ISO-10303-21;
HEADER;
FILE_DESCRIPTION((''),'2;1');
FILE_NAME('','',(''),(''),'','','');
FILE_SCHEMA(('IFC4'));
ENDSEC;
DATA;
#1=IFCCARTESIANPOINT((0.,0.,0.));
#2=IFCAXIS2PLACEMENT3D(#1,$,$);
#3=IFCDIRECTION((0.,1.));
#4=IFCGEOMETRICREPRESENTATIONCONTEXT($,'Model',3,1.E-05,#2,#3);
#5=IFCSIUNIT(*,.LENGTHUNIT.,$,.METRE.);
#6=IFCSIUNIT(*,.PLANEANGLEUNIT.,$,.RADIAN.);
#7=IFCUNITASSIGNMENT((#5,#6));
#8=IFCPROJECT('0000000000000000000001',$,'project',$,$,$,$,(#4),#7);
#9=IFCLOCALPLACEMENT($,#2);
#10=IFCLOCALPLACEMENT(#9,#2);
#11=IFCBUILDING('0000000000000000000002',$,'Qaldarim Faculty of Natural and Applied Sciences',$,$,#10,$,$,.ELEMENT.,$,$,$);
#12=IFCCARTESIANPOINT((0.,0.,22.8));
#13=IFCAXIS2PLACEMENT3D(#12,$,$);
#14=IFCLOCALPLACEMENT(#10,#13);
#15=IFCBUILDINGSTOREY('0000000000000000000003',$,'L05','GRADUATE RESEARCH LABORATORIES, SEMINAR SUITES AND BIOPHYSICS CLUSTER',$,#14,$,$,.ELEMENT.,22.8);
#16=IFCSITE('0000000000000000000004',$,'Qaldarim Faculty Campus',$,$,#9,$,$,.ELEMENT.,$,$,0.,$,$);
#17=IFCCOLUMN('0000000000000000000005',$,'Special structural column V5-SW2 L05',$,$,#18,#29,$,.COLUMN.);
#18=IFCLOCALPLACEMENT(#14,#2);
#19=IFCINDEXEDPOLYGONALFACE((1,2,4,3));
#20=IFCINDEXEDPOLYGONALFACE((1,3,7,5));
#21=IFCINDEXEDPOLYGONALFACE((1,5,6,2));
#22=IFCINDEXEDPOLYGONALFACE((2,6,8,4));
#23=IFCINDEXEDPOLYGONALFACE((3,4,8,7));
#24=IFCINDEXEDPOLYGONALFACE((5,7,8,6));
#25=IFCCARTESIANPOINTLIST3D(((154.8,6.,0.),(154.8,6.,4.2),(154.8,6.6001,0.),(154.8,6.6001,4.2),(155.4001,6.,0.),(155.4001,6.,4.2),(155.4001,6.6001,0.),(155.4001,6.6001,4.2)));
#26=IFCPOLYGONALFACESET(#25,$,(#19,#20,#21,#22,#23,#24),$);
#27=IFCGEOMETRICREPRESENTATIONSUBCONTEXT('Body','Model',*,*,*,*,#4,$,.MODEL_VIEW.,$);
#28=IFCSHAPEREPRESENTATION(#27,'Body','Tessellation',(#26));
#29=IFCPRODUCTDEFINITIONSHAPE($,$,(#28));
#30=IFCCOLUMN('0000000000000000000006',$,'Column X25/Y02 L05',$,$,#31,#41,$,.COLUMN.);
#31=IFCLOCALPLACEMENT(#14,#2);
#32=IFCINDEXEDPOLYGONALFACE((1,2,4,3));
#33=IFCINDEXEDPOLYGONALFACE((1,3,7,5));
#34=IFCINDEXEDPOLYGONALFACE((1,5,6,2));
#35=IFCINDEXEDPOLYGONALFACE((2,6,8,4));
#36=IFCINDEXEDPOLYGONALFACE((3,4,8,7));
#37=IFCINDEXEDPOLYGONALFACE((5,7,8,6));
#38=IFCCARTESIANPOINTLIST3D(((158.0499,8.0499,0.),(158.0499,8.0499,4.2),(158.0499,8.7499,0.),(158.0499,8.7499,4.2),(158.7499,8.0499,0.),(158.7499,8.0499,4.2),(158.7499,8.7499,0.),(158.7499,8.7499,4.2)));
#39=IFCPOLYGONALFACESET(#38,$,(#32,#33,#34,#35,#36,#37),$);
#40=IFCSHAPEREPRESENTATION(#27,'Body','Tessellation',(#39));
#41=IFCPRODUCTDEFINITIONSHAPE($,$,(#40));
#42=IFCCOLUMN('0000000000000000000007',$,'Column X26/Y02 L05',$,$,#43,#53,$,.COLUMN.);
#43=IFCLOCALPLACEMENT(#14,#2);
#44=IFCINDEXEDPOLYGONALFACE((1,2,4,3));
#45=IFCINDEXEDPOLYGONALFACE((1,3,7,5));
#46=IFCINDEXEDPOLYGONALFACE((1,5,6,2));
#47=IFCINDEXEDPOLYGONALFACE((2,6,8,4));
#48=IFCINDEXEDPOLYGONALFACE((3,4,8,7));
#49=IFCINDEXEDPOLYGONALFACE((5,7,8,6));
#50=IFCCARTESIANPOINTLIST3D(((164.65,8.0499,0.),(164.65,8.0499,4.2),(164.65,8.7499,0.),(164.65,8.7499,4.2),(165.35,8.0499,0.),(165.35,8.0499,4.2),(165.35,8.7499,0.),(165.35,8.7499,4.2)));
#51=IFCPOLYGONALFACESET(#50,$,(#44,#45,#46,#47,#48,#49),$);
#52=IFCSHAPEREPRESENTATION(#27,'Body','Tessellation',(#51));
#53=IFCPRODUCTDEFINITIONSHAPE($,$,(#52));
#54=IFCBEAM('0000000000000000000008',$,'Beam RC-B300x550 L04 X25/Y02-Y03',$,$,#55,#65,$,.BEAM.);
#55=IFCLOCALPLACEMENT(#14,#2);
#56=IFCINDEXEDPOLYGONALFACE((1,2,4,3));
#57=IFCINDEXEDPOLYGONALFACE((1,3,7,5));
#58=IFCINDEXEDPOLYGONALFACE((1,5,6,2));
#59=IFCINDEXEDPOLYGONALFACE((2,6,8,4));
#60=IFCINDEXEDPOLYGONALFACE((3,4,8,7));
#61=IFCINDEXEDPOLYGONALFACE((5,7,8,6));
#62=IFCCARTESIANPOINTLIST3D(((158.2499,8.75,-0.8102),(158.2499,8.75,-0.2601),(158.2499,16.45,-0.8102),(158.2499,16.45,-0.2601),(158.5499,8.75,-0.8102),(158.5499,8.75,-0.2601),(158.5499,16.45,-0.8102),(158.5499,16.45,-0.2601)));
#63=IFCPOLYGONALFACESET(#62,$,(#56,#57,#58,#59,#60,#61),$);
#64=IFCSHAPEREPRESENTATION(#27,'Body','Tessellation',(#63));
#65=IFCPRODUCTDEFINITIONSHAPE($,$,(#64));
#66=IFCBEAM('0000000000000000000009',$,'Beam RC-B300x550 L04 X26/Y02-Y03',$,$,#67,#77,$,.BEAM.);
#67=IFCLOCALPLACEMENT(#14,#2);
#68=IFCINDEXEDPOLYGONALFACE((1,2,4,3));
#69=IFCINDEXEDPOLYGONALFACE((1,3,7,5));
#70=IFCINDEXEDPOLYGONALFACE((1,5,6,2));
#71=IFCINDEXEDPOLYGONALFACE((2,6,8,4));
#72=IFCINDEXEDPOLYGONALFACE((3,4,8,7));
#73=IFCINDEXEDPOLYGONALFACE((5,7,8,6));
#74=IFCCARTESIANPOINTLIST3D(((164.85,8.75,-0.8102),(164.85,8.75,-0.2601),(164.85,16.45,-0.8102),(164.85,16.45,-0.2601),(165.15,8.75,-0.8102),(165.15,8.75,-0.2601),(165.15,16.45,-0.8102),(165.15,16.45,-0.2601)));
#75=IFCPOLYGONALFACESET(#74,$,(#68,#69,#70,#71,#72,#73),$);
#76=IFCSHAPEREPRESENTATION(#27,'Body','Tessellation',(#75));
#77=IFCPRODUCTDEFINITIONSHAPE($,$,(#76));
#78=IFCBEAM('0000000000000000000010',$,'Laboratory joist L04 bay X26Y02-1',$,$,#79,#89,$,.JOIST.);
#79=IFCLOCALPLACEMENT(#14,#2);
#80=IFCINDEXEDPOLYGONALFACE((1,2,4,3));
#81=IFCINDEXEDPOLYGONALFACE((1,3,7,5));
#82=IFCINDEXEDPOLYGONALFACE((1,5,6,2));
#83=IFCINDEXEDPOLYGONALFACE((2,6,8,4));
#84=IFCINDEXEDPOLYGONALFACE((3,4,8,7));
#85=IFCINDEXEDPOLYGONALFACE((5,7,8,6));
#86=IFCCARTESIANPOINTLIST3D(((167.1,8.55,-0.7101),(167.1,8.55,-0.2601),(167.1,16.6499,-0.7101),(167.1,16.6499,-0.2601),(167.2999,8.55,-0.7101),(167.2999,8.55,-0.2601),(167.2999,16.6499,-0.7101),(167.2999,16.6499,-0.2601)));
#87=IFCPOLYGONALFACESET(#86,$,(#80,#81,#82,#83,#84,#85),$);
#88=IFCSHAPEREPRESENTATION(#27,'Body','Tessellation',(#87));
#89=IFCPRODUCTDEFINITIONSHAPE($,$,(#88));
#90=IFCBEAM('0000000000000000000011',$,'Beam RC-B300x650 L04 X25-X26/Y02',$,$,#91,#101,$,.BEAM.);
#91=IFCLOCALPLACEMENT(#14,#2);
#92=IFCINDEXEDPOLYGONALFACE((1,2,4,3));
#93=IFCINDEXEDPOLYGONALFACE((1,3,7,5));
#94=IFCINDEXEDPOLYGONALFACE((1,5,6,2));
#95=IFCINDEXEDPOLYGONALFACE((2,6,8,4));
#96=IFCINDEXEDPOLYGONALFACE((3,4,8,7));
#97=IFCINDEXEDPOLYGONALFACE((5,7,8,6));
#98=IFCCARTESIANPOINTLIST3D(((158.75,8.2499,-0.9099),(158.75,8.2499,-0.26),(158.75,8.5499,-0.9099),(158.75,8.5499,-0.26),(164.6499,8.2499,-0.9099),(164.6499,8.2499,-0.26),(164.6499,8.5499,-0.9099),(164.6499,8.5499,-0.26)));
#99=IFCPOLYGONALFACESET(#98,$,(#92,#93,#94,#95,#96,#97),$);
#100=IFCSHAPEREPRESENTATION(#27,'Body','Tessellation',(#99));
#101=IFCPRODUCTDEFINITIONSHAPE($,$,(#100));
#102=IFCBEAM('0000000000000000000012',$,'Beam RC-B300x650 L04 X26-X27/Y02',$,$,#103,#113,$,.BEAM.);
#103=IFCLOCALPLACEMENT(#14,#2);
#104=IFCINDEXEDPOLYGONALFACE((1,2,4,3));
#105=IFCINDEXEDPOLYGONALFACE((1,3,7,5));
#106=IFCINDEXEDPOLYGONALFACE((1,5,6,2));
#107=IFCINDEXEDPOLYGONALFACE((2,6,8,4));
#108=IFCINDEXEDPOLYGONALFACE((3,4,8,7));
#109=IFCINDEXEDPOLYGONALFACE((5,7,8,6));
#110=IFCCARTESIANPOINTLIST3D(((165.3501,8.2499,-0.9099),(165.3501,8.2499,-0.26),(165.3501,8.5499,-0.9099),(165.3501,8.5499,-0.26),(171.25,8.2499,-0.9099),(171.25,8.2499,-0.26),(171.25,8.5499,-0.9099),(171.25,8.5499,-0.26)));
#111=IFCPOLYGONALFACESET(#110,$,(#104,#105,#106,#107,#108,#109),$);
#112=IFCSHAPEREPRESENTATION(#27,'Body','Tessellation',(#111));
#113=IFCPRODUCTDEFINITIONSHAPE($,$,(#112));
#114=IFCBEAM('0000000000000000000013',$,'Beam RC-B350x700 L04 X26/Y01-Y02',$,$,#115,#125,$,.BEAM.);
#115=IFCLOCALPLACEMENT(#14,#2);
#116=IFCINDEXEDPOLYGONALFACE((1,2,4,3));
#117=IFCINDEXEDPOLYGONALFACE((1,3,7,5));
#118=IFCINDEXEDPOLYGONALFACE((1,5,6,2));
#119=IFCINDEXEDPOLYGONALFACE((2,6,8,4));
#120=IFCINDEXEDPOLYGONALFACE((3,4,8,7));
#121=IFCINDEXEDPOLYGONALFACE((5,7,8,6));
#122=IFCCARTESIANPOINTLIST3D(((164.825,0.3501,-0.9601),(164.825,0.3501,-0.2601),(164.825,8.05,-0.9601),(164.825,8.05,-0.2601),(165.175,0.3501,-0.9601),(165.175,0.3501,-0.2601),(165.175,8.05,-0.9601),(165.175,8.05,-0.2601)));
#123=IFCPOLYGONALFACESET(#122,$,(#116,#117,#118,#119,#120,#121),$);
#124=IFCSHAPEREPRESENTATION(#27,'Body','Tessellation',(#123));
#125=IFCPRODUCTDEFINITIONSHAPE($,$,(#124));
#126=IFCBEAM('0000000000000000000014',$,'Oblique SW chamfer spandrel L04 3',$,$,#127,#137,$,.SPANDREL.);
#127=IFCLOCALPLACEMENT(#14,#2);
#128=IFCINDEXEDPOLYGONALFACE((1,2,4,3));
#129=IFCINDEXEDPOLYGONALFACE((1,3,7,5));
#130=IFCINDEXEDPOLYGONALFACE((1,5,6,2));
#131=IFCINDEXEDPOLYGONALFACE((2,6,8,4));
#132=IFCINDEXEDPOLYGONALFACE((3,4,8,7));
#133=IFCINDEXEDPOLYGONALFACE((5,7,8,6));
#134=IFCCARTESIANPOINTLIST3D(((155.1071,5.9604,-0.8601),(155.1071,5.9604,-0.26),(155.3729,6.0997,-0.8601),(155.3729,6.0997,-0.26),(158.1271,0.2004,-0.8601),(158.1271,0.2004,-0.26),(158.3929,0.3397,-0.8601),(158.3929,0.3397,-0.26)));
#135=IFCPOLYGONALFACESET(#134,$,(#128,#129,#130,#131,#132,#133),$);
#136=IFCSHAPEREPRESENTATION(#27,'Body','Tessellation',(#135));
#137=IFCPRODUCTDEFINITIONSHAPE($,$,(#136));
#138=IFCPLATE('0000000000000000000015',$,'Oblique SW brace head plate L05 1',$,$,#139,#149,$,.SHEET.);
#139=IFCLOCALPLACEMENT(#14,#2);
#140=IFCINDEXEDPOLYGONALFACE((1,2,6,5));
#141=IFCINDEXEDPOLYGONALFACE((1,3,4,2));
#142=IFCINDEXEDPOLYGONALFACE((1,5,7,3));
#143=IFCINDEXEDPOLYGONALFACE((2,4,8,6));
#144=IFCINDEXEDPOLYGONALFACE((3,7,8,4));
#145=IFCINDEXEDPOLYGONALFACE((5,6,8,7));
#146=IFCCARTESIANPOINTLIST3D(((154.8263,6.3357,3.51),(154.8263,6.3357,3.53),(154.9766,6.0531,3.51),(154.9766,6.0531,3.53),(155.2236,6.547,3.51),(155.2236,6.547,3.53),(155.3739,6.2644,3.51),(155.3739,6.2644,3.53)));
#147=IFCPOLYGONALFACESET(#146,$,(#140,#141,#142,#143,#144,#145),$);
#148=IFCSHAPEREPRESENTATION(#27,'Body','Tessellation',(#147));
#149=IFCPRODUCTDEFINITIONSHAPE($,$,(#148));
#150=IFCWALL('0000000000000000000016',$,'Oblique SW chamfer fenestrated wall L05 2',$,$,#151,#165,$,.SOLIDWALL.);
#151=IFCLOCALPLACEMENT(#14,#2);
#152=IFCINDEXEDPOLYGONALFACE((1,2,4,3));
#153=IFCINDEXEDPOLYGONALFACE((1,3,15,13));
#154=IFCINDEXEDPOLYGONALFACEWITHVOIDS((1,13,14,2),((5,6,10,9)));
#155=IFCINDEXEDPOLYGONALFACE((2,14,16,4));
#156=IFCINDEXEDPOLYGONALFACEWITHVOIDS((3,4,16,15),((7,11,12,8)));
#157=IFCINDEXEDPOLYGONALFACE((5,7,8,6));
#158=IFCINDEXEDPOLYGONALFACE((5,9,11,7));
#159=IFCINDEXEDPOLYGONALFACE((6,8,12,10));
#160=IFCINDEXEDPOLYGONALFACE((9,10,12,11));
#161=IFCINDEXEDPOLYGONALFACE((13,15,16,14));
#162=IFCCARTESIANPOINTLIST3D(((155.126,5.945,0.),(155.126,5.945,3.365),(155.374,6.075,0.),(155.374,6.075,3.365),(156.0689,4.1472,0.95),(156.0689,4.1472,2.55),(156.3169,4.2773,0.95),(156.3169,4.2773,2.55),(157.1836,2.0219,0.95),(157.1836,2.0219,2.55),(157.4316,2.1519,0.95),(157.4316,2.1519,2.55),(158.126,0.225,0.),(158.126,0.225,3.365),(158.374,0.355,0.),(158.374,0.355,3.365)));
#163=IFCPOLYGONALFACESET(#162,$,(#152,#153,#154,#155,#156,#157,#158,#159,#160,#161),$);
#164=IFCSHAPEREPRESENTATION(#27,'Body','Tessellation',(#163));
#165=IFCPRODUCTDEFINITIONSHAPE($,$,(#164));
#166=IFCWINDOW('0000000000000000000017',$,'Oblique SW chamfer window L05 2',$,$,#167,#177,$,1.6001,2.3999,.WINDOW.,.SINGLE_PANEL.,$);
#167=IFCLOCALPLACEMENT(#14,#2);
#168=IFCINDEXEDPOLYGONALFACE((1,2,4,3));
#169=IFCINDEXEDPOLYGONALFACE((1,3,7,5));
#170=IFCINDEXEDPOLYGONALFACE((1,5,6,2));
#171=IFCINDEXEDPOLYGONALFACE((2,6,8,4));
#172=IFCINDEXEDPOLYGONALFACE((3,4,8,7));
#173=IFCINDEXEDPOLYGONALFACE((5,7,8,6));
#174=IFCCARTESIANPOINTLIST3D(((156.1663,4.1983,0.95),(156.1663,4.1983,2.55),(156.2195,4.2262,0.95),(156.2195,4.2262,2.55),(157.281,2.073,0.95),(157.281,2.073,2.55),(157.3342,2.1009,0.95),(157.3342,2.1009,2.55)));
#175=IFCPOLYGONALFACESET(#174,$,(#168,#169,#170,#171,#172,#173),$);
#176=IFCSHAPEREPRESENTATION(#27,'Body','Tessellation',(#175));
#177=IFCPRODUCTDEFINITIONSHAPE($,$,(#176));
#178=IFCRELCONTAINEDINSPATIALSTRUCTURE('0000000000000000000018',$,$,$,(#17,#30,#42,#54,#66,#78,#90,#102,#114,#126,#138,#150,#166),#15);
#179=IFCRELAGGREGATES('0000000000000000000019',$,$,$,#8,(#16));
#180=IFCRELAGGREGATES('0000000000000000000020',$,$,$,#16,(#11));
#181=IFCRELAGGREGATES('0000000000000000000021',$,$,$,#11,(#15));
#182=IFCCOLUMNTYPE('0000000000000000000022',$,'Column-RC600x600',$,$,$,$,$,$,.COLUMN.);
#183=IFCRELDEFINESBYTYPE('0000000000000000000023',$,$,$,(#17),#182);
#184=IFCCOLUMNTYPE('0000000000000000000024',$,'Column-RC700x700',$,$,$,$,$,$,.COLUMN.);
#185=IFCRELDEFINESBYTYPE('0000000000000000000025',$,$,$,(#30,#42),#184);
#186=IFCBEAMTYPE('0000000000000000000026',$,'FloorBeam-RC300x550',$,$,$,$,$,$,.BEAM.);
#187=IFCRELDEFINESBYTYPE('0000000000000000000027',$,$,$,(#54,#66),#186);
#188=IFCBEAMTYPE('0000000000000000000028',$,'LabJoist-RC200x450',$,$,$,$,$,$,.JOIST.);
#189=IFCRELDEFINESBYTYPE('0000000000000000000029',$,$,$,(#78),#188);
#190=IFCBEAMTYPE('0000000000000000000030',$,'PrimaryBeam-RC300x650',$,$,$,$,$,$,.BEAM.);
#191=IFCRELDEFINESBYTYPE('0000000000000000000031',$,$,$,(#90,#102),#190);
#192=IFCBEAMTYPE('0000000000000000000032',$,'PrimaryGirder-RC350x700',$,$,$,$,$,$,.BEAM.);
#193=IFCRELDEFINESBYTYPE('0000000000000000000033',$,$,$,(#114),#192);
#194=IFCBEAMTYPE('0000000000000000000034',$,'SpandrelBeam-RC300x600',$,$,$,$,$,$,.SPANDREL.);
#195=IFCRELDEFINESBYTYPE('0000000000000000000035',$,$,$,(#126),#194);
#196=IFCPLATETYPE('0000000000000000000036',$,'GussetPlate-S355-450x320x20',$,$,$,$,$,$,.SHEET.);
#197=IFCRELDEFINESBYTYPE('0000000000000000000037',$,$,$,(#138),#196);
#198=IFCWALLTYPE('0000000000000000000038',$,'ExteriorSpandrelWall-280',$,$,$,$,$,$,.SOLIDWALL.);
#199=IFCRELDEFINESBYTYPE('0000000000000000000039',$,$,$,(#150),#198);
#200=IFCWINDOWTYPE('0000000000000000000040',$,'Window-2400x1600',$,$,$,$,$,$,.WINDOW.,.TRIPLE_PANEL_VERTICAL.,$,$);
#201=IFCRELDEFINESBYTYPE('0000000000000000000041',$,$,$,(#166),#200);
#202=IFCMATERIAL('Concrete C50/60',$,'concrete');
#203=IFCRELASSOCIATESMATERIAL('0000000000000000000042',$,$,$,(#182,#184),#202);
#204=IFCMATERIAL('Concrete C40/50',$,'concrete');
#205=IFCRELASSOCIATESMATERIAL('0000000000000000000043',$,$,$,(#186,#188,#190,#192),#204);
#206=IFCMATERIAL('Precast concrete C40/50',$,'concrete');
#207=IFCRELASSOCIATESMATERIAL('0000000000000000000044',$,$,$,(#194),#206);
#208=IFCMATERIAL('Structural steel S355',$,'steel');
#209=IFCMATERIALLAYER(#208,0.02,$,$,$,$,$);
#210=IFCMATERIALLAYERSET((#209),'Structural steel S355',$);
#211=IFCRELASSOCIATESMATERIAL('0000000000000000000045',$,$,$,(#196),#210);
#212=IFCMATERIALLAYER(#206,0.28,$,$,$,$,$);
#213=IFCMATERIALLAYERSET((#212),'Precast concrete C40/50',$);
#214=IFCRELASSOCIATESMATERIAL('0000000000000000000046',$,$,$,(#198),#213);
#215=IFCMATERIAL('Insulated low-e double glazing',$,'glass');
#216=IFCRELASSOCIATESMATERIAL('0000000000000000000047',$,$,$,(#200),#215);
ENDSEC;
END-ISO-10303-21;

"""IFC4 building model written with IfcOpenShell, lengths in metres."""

from ifc_helpers import new_model, si_unit, direction, frame, frame_2d, origin, origin_2d, place, context, subcontext, project, spatial, rectangle, extrude, material, layer, layer_set, material_profile, profile_set, type_object, element, fill, save


model = new_model("IFC4")

# Units and contexts
model_context = context("Model", 3, precision=1e-05, world=origin(), true_north=direction((0.0, 1.0)))
body_context = subcontext(model_context, "Body", "Model", "MODEL_VIEW")
ifc_project = project(units=[si_unit("LENGTHUNIT", "METRE"), si_unit("PLANEANGLEUNIT", "RADIAN")], contexts=[model_context])

# Site, building, storey
site_placement = place(None, origin())
site = spatial("IfcSite", under=ifc_project, at=site_placement, Name="Qaldarim Faculty Campus", CompositionType="ELEMENT", RefElevation=0.0)
building_placement = place(site_placement, origin())
building = spatial("IfcBuilding", under=site, at=building_placement, Name="Qaldarim Faculty of Natural and Applied Sciences", CompositionType="ELEMENT")
storey_placement = place(building_placement, frame((0.0, 0.0, 22.8)))
storey = spatial("IfcBuildingStorey", under=building, at=storey_placement, Name="L05", Description="GRADUATE RESEARCH LABORATORIES, SEMINAR SUITES AND BIOPHYSICS CLUSTER", CompositionType="ELEMENT", Elevation=22.8)

# Columns
ifc_material_1 = material(Name="Concrete C50/60", Category="concrete")
ifc_material_profile_1 = material_profile(ifc_material_1, rectangle(XDim=0.6001, YDim=0.6001, at=origin_2d()), Name="RC-C600x600")
ifc_profile_set_1 = profile_set([ifc_material_profile_1], Name="Concrete C50/60")
column_type_1 = type_object("IfcColumnType", Name="Column-RC600x600", PredefinedType="COLUMN", material=ifc_profile_set_1)
column_placement = place(storey_placement, frame((155.1001, 6.3, 0.0), z_axis=(0.0, 0.0, 1.0), x_axis=(1.0, 0.0, 0.0)))
element("IfcColumn", 1, at=column_placement, inside=storey, type_object=column_type_1, Name="Special structural column V5-SW2 L05", PredefinedType="COLUMN", context=body_context, shape_type="SweptSolid", body=[
    extrude(rectangle(XDim=0.6001, YDim=0.6001, at=origin_2d()), origin(), (0.0, 0.0, 1.0), 4.2),
])
ifc_material_profile_2 = material_profile(ifc_material_1, rectangle(XDim=0.7, YDim=0.7, at=origin_2d()), Name="RC-C700x700")
ifc_profile_set_2 = profile_set([ifc_material_profile_2], Name="Concrete C50/60")
column_type_2 = type_object("IfcColumnType", Name="Column-RC700x700", PredefinedType="COLUMN", material=ifc_profile_set_2)
for number, where, z_axis, x_axis, name in (
    (2, (158.3999, 8.3999, 0.0), (0.0, 0.0, 1.0), (1.0, 0.0, 0.0), "Column X25/Y02 L05"),
    (3, (165.0, 8.3999, 0.0), (0.0, 0.0, 1.0), (1.0, 0.0, 0.0), "Column X26/Y02 L05"),
):
    element("IfcColumn", number, at=place(storey_placement, frame(where, z_axis=z_axis, x_axis=x_axis)), inside=storey, type_object=column_type_2, Name=name, PredefinedType="COLUMN", context=body_context, shape_type="SweptSolid", body=[
        extrude(rectangle(XDim=0.7, YDim=0.7, at=origin_2d()), origin(), (0.0, 0.0, 1.0), 4.2),
    ])

# Beams
ifc_material_2 = material(Name="Concrete C40/50", Category="concrete")
ifc_material_profile_3 = material_profile(ifc_material_2, rectangle(XDim=0.3, YDim=0.55, at=origin_2d()), Name="RC-B300x550")
ifc_profile_set_3 = profile_set([ifc_material_profile_3], Name="Concrete C40/50")
beam_type_1 = type_object("IfcBeamType", Name="FloorBeam-RC300x550", PredefinedType="BEAM", material=ifc_profile_set_3)
for number, where, z_axis, x_axis, name in (
    (4, (158.3999, 8.75, -0.5352), (0.0, 1.0, 0.0), (-1.0, 0.0, 0.0), "Beam RC-B300x550 L04 X25/Y02-Y03"),
    (5, (165.0, 8.75, -0.5352), (0.0, 1.0, 0.0), (-1.0, 0.0, 0.0), "Beam RC-B300x550 L04 X26/Y02-Y03"),
):
    element("IfcBeam", number, at=place(storey_placement, frame(where, z_axis=z_axis, x_axis=x_axis)), inside=storey, type_object=beam_type_1, Name=name, PredefinedType="BEAM", context=body_context, shape_type="SweptSolid", body=[
        extrude(rectangle(XDim=0.3, YDim=0.55, at=origin_2d()), origin(), (0.0, 0.0, 1.0), 7.7),
    ])
ifc_material_profile_4 = material_profile(ifc_material_2, rectangle(XDim=0.2, YDim=0.45, at=origin_2d()), Name="RC-J200x450")
ifc_profile_set_4 = profile_set([ifc_material_profile_4], Name="Concrete C40/50")
beam_type_2 = type_object("IfcBeamType", Name="LabJoist-RC200x450", PredefinedType="JOIST", material=ifc_profile_set_4)
beam_1_placement = place(storey_placement, frame((167.2, 8.55, -0.4851), z_axis=(0.0, 1.0, 0.0), x_axis=(-1.0, 0.0, 0.0)))
element("IfcBeam", 6, at=beam_1_placement, inside=storey, type_object=beam_type_2, Name="Laboratory joist L04 bay X26Y02-1", PredefinedType="JOIST", context=body_context, shape_type="SweptSolid", body=[
    extrude(rectangle(XDim=0.2, YDim=0.45, at=origin_2d()), origin(), (0.0, 0.0, 1.0), 8.0999),
])
ifc_material_profile_5 = material_profile(ifc_material_2, rectangle(XDim=0.3, YDim=0.6499, at=origin_2d()), Name="RC-B300x650")
ifc_profile_set_5 = profile_set([ifc_material_profile_5], Name="Concrete C40/50")
beam_type_3 = type_object("IfcBeamType", Name="PrimaryBeam-RC300x650", PredefinedType="BEAM", material=ifc_profile_set_5)
for number, where, z_axis, x_axis, name in (
    (7, (158.75, 8.3999, -0.585), (1.0, 0.0, 0.0), (0.0, 1.0, 0.0), "Beam RC-B300x650 L04 X25-X26/Y02"),
    (8, (165.3501, 8.3999, -0.585), (1.0, 0.0, 0.0), (0.0, 1.0, 0.0), "Beam RC-B300x650 L04 X26-X27/Y02"),
):
    element("IfcBeam", number, at=place(storey_placement, frame(where, z_axis=z_axis, x_axis=x_axis)), inside=storey, type_object=beam_type_3, Name=name, PredefinedType="BEAM", context=body_context, shape_type="SweptSolid", body=[
        extrude(rectangle(XDim=0.3, YDim=0.6499, at=origin_2d()), origin(), (0.0, 0.0, 1.0), 5.8999),
    ])
ifc_material_profile_6 = material_profile(ifc_material_2, rectangle(XDim=0.3501, YDim=0.7, at=origin_2d()), Name="RC-B350x700")
ifc_profile_set_6 = profile_set([ifc_material_profile_6], Name="Concrete C40/50")
beam_type_4 = type_object("IfcBeamType", Name="PrimaryGirder-RC350x700", PredefinedType="BEAM", material=ifc_profile_set_6)
beam_2_placement = place(storey_placement, frame((165.0, 0.3501, -0.6101), z_axis=(0.0, 1.0, 0.0), x_axis=(-1.0, 0.0, 0.0)))
element("IfcBeam", 9, at=beam_2_placement, inside=storey, type_object=beam_type_4, Name="Beam RC-B350x700 L04 X26/Y01-Y02", PredefinedType="BEAM", context=body_context, shape_type="SweptSolid", body=[
    extrude(rectangle(XDim=0.3501, YDim=0.7, at=origin_2d()), origin(), (0.0, 0.0, 1.0), 7.7),
])
ifc_material_3 = material(Name="Precast concrete C40/50", Category="concrete")
ifc_material_profile_7 = material_profile(ifc_material_3, rectangle(XDim=0.3, YDim=0.6001, at=origin_2d()), Name="RC-SP300x600")
ifc_profile_set_7 = profile_set([ifc_material_profile_7], Name="Precast concrete C40/50")
beam_type_5 = type_object("IfcBeamType", Name="SpandrelBeam-RC300x600", PredefinedType="SPANDREL", material=ifc_profile_set_7)
beam_3_placement = place(storey_placement, frame((155.24, 6.03, -0.5601), z_axis=(0.464353, -0.88565, 0.0), x_axis=(0.88565, 0.464353, 0.0)))
element("IfcBeam", 10, at=beam_3_placement, inside=storey, type_object=beam_type_5, Name="Oblique SW chamfer spandrel L04 3", PredefinedType="SPANDREL", context=body_context, shape_type="SweptSolid", body=[
    extrude(rectangle(XDim=0.3, YDim=0.6001, at=origin_2d()), origin(), (0.0, 0.0, 1.0), 6.5037),
])

# Plate
ifc_material_4 = material(Name="Structural steel S355", Category="steel")
ifc_layer_1 = layer(ifc_material_4, 0.02)
ifc_layer_set_1 = layer_set([ifc_layer_1], Name="Structural steel S355")
plate_type = type_object("IfcPlateType", Name="GussetPlate-S355-450x320x20", PredefinedType="SHEET", material=ifc_layer_set_1)
plate_placement = place(storey_placement, frame((155.1001, 6.3, 3.51), z_axis=(0.0, 0.0, 1.0), x_axis=(0.882948, 0.469472, 0.0)))
element("IfcPlate", 11, at=plate_placement, inside=storey, type_object=plate_type, Name="Oblique SW brace head plate L05 1", PredefinedType="SHEET", context=body_context, shape_type="SweptSolid", body=[
    extrude(rectangle(XDim=0.45, YDim=0.3201, at=origin_2d()), origin(), (0.0, 0.0, 1.0), 0.02),
])

# Wall, opening, window
ifc_layer_2 = layer(ifc_material_3, 0.28)
ifc_layer_set_2 = layer_set([ifc_layer_2], Name="Precast concrete C40/50")
wall_type = type_object("IfcWallType", Name="ExteriorSpandrelWall-280", PredefinedType="SOLIDWALL", material=ifc_layer_set_2)
wall_placement = place(storey_placement, frame((155.25, 6.01, 0.0), z_axis=(0.0, 0.0, 1.0), x_axis=(0.464472, -0.885588, 0.0)))
wall = element("IfcWall", 12, at=wall_placement, inside=storey, type_object=wall_type, Name="Oblique SW chamfer fenestrated wall L05 2", PredefinedType="SOLIDWALL", context=body_context, shape_type="SweptSolid", body=[
    extrude(rectangle(XDim=6.459, YDim=0.28, at=frame_2d((3.2295, 0.0))), origin(), (0.0, 0.0, 1.0), 3.365),
])
opening_placement = place(wall_placement, frame((2.03, 0.0, 0.95)))
opening = element("IfcOpeningElement", 13, at=opening_placement, cuts=wall, PredefinedType="OPENING", context=body_context, shape_type="SweptSolid", body=[
    extrude(rectangle(XDim=2.3999, YDim=1.6001, at=frame_2d((1.2, 0.8))), frame((0.0, 0.1499, 0.0), z_axis=(0.0, -1.0, 0.0), x_axis=(1.0, 0.0, 0.0)), (0.0, 0.0, 1.0), 0.3),
])
ifc_material_5 = material(Name="Insulated low-e double glazing", Category="glass")
window_type = type_object("IfcWindowType", Name="Window-2400x1600", PartitioningType="TRIPLE_PANEL_VERTICAL", PredefinedType="WINDOW", material=ifc_material_5)
window_placement = place(opening_placement, origin())
window = element("IfcWindow", 14, at=window_placement, inside=storey, type_object=window_type, Name="Oblique SW chamfer window L05 2", OverallHeight=1.6001, OverallWidth=2.3999, PartitioningType="SINGLE_PANEL", PredefinedType="WINDOW", context=body_context, shape_type="SweptSolid", body=[
    extrude(rectangle(XDim=2.3999, YDim=1.6001, at=frame_2d((1.2, 0.8))), frame((0.0, 0.03, 0.0), z_axis=(0.0, -1.0, 0.0), x_axis=(1.0, 0.0, 0.0)), (0.0, 0.0, 1.0), 0.0601),
])
fill(opening, window)

save(model, "model.ifc")
